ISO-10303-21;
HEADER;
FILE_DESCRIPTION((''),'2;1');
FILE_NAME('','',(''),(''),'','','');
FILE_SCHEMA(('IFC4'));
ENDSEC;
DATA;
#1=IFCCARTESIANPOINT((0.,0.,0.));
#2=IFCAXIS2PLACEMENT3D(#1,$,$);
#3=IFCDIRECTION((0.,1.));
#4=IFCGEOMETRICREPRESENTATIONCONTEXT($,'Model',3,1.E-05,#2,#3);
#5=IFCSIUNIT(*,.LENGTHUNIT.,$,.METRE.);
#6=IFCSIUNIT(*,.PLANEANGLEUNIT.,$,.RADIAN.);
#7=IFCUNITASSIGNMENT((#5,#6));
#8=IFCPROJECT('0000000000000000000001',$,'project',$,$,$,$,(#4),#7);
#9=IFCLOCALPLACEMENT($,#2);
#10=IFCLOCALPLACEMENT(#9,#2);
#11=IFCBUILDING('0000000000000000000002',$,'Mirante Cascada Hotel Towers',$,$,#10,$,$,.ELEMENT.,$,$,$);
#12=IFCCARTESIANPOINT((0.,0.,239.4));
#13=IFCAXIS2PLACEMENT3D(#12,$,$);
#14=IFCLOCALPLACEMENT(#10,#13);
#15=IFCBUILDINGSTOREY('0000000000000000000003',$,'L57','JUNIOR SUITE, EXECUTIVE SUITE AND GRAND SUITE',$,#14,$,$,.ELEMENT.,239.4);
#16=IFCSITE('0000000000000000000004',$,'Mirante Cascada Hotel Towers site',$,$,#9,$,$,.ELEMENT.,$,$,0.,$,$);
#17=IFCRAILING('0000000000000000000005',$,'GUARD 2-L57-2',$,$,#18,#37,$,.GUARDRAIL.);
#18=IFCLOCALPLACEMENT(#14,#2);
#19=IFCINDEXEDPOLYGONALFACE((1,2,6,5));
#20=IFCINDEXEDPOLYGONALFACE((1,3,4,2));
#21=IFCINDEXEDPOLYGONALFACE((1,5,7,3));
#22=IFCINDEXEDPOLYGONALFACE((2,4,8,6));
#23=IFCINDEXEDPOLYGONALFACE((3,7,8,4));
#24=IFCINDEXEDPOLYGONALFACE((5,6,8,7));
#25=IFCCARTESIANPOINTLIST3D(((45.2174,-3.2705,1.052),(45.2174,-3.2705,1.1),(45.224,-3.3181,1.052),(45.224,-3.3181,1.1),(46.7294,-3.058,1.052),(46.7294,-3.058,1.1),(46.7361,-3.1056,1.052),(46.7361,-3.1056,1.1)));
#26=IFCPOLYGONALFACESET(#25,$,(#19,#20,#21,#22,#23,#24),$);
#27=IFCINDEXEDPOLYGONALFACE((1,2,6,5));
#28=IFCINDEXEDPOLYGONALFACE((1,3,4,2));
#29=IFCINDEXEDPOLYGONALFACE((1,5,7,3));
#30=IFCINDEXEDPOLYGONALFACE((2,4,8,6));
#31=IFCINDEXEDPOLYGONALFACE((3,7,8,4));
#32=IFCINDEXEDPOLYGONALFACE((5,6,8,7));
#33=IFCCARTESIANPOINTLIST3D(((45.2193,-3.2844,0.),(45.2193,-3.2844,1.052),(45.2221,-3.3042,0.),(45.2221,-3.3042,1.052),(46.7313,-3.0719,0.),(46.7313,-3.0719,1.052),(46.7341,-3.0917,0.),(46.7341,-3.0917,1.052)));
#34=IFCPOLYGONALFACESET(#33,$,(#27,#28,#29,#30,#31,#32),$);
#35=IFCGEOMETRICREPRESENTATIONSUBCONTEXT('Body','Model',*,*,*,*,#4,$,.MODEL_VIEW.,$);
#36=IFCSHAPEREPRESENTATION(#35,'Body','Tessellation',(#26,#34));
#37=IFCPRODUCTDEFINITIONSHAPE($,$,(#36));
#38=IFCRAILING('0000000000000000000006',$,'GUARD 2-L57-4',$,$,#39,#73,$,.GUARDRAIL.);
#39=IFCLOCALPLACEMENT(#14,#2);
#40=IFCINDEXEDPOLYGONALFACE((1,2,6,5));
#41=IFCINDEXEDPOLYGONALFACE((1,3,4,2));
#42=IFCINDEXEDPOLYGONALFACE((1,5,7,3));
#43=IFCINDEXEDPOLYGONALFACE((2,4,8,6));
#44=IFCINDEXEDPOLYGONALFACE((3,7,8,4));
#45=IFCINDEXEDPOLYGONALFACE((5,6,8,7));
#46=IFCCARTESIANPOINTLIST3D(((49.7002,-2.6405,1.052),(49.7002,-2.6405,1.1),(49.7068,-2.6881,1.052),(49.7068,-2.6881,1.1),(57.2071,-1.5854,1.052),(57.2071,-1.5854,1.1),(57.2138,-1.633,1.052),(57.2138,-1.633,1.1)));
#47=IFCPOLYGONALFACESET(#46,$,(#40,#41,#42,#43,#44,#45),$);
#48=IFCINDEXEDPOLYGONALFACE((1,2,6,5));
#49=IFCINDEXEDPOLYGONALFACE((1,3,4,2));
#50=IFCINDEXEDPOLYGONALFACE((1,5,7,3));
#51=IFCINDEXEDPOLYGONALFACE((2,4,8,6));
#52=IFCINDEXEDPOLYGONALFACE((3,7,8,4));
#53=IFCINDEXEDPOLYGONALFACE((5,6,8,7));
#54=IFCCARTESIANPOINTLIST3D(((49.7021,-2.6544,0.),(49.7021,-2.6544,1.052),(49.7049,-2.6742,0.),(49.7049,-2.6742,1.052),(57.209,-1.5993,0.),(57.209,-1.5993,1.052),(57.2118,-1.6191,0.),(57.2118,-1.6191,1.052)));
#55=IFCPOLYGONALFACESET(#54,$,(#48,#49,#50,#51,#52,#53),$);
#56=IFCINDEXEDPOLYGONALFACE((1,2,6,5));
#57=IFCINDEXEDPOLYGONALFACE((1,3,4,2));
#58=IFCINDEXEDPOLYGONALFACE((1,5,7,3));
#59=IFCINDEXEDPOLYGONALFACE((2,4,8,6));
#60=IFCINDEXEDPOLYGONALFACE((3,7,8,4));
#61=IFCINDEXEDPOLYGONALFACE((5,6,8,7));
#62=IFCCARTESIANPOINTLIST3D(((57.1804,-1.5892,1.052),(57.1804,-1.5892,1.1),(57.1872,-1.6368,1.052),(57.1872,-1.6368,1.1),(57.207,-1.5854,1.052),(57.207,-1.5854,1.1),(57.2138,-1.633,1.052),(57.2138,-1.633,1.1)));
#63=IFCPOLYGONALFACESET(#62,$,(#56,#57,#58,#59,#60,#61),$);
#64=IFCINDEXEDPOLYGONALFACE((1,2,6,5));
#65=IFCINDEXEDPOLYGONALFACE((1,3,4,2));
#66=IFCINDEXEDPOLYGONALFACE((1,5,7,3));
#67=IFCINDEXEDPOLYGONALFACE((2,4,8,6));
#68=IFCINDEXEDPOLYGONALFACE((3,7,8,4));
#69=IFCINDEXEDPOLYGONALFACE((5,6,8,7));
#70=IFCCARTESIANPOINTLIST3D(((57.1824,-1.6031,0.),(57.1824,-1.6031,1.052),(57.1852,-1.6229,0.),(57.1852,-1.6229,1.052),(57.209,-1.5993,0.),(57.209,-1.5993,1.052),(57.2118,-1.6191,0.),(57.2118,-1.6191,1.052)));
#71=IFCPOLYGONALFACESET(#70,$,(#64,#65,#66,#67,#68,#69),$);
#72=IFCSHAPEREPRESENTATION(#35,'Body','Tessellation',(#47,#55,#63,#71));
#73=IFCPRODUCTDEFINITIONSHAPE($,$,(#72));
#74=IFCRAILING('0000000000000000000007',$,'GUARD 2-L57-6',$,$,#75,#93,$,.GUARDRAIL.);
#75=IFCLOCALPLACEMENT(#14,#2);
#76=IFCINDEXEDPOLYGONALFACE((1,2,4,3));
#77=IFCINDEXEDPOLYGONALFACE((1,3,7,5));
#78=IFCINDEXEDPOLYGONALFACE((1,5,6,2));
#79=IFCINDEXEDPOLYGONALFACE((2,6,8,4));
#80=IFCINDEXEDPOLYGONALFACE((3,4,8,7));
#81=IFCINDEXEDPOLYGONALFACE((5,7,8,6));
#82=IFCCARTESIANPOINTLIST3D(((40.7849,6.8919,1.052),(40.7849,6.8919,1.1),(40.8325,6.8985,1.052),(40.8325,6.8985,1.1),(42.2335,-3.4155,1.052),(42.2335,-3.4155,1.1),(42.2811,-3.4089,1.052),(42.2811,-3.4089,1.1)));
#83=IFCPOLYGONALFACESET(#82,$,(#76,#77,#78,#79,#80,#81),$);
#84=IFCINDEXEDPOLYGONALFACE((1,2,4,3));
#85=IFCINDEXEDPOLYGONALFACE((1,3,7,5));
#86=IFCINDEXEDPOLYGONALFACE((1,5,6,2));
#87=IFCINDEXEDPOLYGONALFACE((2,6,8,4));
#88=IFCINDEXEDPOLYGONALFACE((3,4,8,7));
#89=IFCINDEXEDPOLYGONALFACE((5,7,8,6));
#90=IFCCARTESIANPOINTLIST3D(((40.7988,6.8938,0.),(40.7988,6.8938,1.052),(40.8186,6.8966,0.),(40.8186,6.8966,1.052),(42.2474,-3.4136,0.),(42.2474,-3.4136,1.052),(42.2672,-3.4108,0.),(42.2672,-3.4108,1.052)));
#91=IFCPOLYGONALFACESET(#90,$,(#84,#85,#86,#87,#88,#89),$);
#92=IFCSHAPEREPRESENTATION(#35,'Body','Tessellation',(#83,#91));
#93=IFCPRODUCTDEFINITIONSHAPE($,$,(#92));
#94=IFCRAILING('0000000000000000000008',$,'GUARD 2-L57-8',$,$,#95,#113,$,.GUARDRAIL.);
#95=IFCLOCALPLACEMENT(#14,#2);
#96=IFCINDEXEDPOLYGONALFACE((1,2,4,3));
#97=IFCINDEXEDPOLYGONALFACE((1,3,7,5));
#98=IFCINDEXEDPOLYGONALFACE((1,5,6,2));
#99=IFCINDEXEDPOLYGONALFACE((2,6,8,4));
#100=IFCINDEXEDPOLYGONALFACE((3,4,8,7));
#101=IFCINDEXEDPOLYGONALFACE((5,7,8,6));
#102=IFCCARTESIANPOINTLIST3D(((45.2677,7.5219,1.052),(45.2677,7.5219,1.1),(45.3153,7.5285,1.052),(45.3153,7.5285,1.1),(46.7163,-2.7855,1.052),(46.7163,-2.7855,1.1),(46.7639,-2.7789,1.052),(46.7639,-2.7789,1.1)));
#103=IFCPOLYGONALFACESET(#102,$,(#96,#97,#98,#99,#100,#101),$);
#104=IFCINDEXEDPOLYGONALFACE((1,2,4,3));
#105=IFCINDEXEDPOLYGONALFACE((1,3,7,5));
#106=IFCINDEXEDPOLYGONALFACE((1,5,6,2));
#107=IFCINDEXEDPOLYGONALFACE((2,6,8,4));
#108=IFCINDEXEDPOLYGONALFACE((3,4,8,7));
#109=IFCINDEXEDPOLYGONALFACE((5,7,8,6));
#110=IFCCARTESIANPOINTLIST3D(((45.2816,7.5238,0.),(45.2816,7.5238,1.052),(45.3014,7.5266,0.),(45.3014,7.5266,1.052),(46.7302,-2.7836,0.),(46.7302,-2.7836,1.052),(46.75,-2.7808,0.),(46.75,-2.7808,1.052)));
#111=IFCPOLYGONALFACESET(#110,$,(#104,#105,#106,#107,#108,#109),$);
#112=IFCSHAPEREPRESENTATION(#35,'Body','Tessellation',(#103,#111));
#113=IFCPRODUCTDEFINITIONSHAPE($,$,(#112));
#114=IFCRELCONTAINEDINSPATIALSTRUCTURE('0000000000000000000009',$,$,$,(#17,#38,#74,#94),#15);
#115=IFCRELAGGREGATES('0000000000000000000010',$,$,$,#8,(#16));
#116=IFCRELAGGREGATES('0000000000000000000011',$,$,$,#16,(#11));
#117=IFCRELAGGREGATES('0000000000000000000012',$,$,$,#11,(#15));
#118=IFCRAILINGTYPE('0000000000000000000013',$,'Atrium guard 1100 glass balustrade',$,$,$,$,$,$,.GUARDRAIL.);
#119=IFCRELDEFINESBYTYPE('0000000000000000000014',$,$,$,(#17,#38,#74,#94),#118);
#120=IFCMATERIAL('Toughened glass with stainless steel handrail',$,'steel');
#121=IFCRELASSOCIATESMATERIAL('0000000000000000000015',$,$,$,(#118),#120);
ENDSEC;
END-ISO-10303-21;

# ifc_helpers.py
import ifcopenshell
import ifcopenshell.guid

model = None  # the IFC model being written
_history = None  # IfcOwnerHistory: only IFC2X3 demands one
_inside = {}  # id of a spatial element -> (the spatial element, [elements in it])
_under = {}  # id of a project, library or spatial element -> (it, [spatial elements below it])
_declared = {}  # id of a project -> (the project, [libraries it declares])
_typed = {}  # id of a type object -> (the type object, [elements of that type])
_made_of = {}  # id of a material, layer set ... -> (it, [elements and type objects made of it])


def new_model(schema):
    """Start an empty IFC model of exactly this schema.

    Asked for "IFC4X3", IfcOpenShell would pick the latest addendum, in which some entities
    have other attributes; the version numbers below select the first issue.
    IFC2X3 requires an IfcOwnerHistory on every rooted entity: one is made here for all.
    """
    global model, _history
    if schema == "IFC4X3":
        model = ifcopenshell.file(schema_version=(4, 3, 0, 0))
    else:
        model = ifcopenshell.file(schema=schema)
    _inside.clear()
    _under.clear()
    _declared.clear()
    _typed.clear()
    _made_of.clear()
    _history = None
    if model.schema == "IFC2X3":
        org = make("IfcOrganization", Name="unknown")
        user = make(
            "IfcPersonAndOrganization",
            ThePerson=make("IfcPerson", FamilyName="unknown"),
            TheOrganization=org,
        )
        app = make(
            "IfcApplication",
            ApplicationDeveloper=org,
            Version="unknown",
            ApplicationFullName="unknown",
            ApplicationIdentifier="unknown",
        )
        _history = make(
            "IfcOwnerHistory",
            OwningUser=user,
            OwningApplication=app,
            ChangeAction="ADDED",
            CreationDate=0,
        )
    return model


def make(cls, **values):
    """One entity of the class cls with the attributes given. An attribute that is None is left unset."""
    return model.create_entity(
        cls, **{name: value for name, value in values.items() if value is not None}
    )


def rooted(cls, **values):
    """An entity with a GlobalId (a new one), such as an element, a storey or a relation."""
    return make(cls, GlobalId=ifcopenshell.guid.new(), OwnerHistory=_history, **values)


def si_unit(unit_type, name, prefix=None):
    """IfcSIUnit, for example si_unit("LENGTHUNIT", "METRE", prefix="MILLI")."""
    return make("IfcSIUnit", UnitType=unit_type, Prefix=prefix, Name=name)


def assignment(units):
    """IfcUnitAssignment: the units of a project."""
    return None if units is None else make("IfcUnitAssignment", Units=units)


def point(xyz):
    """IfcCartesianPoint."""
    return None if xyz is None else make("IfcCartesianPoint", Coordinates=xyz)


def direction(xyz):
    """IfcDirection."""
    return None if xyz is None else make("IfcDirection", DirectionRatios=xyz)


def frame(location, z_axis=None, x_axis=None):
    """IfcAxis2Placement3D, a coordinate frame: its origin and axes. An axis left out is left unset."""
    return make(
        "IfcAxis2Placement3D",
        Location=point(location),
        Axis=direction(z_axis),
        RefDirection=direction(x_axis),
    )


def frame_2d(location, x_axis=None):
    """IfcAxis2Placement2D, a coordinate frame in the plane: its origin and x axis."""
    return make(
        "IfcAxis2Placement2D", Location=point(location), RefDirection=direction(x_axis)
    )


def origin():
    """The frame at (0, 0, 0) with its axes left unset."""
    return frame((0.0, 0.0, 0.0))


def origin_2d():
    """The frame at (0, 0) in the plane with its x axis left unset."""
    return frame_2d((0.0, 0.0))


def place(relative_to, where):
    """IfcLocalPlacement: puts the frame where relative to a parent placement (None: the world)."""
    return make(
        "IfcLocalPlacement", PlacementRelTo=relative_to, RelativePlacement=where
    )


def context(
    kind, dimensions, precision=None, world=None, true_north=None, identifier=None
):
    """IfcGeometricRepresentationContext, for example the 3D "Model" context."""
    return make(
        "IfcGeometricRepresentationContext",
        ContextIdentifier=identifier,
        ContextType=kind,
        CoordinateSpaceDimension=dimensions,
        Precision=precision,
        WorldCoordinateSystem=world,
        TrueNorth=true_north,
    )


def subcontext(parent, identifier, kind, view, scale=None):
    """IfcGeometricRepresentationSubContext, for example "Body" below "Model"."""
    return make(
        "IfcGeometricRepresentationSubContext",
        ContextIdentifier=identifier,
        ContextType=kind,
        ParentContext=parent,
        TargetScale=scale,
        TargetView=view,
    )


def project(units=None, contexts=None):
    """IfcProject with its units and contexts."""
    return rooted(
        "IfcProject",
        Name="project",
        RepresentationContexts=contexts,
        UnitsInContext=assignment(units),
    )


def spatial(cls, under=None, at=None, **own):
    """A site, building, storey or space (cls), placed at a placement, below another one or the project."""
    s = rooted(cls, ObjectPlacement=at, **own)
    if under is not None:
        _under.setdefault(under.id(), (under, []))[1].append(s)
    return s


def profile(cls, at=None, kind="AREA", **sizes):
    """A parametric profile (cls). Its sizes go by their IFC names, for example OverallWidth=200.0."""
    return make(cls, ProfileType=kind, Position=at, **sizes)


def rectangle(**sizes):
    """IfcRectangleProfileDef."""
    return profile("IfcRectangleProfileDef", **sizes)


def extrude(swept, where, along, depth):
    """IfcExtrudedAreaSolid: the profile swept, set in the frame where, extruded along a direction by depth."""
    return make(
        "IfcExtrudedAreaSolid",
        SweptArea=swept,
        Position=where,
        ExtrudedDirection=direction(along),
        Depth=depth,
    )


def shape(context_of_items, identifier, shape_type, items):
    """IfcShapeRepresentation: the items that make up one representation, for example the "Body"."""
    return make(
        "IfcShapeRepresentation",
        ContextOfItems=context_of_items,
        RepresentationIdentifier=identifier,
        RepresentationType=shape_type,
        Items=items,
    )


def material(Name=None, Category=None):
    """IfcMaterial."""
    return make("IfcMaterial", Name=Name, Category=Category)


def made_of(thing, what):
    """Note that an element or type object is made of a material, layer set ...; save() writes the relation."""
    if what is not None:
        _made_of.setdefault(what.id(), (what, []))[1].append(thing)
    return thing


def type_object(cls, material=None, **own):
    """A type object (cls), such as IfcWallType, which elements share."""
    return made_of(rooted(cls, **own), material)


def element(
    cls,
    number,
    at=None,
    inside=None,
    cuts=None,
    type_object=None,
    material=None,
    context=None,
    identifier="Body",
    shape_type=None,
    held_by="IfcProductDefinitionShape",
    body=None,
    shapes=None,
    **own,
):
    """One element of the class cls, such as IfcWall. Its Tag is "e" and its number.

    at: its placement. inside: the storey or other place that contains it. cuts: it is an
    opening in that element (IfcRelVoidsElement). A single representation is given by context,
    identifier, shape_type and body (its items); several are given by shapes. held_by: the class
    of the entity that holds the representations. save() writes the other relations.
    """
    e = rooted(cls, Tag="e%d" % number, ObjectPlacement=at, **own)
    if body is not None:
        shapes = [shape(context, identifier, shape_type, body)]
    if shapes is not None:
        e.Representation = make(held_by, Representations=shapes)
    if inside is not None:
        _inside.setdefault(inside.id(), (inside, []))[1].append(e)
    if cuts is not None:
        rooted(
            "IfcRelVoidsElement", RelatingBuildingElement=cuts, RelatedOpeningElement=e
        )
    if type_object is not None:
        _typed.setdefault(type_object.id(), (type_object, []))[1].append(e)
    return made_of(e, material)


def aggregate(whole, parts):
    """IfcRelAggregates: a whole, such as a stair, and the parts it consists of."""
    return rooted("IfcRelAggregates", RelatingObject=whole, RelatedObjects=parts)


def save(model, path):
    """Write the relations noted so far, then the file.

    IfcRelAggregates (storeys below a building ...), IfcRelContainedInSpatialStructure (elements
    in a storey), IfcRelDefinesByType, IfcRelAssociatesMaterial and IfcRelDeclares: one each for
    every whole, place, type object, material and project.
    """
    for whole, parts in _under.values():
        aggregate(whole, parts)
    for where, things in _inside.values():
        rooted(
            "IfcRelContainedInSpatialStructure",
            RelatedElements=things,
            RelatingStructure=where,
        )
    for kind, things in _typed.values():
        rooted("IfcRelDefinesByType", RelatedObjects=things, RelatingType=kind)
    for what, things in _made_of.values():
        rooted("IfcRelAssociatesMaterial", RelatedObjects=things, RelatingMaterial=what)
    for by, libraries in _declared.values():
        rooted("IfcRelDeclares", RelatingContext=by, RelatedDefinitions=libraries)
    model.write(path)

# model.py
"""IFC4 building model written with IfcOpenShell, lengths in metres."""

from ifc_helpers import new_model, si_unit, direction, frame, origin, origin_2d, place, context, subcontext, project, spatial, rectangle, extrude, material, type_object, element, save


model = new_model("IFC4")

# Units and contexts
model_context = context("Model", 3, precision=1e-05, world=origin(), true_north=direction((0.0, 1.0)))
body_context = subcontext(model_context, "Body", "Model", "MODEL_VIEW")
ifc_project = project(units=[si_unit("LENGTHUNIT", "METRE"), si_unit("PLANEANGLEUNIT", "RADIAN")], contexts=[model_context])

# Site, building, storey
site_placement = place(None, origin())
site = spatial("IfcSite", under=ifc_project, at=site_placement, Name="Mirante Cascada Hotel Towers site", CompositionType="ELEMENT", RefElevation=0.0)
building_placement = place(site_placement, origin())
building = spatial("IfcBuilding", under=site, at=building_placement, Name="Mirante Cascada Hotel Towers", CompositionType="ELEMENT")
storey_placement = place(building_placement, frame((0.0, 0.0, 239.4)))
storey = spatial("IfcBuildingStorey", under=building, at=storey_placement, Name="L57", Description="JUNIOR SUITE, EXECUTIVE SUITE AND GRAND SUITE", CompositionType="ELEMENT", Elevation=239.4)

# Railings
ifc_material_1 = material(Name="Toughened glass with stainless steel handrail", Category="steel")
railing_type_1 = type_object("IfcRailingType", Name="Atrium guard 1100 glass balustrade", PredefinedType="GUARDRAIL", material=ifc_material_1)
railing_1_placement = place(storey_placement, frame((45.2207, -3.2943, 0.0)))
element("IfcRailing", 1, at=railing_1_placement, inside=storey, type_object=railing_type_1, Name="GUARD 2-L57-2", PredefinedType="GUARDRAIL", context=body_context, shape_type="SweptSolid", body=[
    extrude(rectangle(XDim=0.048, YDim=0.048, at=origin_2d()), frame((0.0, 0.0, 1.076), z_axis=(0.990268, 0.139175, 0.0), x_axis=(-0.139175, 0.990268, 0.0)), (0.0, 0.0, 1.0), 1.5269),
    extrude(rectangle(XDim=0.02, YDim=1.052, at=origin_2d()), frame((0.0, 0.0, 0.526), z_axis=(0.990268, 0.139175, 0.0), x_axis=(-0.139175, 0.990268, 0.0)), (0.0, 0.0, 1.0), 1.5269),
])
railing_2_placement = place(storey_placement, frame((49.7035, -2.6643, 0.0)))
element("IfcRailing", 2, at=railing_2_placement, inside=storey, type_object=railing_type_1, Name="GUARD 2-L57-4", PredefinedType="GUARDRAIL", context=body_context, shape_type="SweptSolid", body=[
    extrude(rectangle(XDim=0.048, YDim=0.048, at=origin_2d()), frame((0.0, 0.0, 1.076), z_axis=(0.990267, 0.139183, 0.0), x_axis=(-0.139183, 0.990267, 0.0)), (0.0, 0.0, 1.0), 7.5807),
    extrude(rectangle(XDim=0.02, YDim=1.052, at=origin_2d()), frame((0.0, 0.0, 0.526), z_axis=(0.990267, 0.139183, 0.0), x_axis=(-0.139183, 0.990267, 0.0)), (0.0, 0.0, 1.0), 7.5807),
    extrude(rectangle(XDim=0.048, YDim=0.048, at=origin_2d()), frame((7.5069, 1.0551, 1.076), z_axis=(-0.98995, -0.141421, 0.0), x_axis=(0.141421, -0.98995, 0.0)), (0.0, 0.0, 1.0), 0.0269),
    extrude(rectangle(XDim=0.02, YDim=1.052, at=origin_2d()), frame((7.5069, 1.0551, 0.526), z_axis=(-0.98995, -0.141421, 0.0), x_axis=(0.141421, -0.98995, 0.0)), (0.0, 0.0, 1.0), 0.0269),
])
for number, where, name in (
    (3, (42.2573, -3.4122, 0.0), "GUARD 2-L57-6"),
    (4, (46.7401, -2.7822, 0.0), "GUARD 2-L57-8"),
):
    element("IfcRailing", number, at=place(storey_placement, frame(where)), inside=storey, type_object=railing_type_1, Name=name, PredefinedType="GUARDRAIL", context=body_context, shape_type="SweptSolid", body=[
        extrude(rectangle(XDim=0.048, YDim=0.048, at=origin_2d()), frame((0.0, 0.0, 1.076), z_axis=(-0.139172, 0.990268, 0.0), x_axis=(-0.990268, -0.139172, 0.0)), (0.0, 0.0, 1.0), 10.4087),
        extrude(rectangle(XDim=0.02, YDim=1.052, at=origin_2d()), frame((0.0, 0.0, 0.526), z_axis=(-0.139172, 0.990268, 0.0), x_axis=(-0.990268, -0.139172, 0.0)), (0.0, 0.0, 1.0), 10.4087),
    ])

save(model, "model.ifc")
